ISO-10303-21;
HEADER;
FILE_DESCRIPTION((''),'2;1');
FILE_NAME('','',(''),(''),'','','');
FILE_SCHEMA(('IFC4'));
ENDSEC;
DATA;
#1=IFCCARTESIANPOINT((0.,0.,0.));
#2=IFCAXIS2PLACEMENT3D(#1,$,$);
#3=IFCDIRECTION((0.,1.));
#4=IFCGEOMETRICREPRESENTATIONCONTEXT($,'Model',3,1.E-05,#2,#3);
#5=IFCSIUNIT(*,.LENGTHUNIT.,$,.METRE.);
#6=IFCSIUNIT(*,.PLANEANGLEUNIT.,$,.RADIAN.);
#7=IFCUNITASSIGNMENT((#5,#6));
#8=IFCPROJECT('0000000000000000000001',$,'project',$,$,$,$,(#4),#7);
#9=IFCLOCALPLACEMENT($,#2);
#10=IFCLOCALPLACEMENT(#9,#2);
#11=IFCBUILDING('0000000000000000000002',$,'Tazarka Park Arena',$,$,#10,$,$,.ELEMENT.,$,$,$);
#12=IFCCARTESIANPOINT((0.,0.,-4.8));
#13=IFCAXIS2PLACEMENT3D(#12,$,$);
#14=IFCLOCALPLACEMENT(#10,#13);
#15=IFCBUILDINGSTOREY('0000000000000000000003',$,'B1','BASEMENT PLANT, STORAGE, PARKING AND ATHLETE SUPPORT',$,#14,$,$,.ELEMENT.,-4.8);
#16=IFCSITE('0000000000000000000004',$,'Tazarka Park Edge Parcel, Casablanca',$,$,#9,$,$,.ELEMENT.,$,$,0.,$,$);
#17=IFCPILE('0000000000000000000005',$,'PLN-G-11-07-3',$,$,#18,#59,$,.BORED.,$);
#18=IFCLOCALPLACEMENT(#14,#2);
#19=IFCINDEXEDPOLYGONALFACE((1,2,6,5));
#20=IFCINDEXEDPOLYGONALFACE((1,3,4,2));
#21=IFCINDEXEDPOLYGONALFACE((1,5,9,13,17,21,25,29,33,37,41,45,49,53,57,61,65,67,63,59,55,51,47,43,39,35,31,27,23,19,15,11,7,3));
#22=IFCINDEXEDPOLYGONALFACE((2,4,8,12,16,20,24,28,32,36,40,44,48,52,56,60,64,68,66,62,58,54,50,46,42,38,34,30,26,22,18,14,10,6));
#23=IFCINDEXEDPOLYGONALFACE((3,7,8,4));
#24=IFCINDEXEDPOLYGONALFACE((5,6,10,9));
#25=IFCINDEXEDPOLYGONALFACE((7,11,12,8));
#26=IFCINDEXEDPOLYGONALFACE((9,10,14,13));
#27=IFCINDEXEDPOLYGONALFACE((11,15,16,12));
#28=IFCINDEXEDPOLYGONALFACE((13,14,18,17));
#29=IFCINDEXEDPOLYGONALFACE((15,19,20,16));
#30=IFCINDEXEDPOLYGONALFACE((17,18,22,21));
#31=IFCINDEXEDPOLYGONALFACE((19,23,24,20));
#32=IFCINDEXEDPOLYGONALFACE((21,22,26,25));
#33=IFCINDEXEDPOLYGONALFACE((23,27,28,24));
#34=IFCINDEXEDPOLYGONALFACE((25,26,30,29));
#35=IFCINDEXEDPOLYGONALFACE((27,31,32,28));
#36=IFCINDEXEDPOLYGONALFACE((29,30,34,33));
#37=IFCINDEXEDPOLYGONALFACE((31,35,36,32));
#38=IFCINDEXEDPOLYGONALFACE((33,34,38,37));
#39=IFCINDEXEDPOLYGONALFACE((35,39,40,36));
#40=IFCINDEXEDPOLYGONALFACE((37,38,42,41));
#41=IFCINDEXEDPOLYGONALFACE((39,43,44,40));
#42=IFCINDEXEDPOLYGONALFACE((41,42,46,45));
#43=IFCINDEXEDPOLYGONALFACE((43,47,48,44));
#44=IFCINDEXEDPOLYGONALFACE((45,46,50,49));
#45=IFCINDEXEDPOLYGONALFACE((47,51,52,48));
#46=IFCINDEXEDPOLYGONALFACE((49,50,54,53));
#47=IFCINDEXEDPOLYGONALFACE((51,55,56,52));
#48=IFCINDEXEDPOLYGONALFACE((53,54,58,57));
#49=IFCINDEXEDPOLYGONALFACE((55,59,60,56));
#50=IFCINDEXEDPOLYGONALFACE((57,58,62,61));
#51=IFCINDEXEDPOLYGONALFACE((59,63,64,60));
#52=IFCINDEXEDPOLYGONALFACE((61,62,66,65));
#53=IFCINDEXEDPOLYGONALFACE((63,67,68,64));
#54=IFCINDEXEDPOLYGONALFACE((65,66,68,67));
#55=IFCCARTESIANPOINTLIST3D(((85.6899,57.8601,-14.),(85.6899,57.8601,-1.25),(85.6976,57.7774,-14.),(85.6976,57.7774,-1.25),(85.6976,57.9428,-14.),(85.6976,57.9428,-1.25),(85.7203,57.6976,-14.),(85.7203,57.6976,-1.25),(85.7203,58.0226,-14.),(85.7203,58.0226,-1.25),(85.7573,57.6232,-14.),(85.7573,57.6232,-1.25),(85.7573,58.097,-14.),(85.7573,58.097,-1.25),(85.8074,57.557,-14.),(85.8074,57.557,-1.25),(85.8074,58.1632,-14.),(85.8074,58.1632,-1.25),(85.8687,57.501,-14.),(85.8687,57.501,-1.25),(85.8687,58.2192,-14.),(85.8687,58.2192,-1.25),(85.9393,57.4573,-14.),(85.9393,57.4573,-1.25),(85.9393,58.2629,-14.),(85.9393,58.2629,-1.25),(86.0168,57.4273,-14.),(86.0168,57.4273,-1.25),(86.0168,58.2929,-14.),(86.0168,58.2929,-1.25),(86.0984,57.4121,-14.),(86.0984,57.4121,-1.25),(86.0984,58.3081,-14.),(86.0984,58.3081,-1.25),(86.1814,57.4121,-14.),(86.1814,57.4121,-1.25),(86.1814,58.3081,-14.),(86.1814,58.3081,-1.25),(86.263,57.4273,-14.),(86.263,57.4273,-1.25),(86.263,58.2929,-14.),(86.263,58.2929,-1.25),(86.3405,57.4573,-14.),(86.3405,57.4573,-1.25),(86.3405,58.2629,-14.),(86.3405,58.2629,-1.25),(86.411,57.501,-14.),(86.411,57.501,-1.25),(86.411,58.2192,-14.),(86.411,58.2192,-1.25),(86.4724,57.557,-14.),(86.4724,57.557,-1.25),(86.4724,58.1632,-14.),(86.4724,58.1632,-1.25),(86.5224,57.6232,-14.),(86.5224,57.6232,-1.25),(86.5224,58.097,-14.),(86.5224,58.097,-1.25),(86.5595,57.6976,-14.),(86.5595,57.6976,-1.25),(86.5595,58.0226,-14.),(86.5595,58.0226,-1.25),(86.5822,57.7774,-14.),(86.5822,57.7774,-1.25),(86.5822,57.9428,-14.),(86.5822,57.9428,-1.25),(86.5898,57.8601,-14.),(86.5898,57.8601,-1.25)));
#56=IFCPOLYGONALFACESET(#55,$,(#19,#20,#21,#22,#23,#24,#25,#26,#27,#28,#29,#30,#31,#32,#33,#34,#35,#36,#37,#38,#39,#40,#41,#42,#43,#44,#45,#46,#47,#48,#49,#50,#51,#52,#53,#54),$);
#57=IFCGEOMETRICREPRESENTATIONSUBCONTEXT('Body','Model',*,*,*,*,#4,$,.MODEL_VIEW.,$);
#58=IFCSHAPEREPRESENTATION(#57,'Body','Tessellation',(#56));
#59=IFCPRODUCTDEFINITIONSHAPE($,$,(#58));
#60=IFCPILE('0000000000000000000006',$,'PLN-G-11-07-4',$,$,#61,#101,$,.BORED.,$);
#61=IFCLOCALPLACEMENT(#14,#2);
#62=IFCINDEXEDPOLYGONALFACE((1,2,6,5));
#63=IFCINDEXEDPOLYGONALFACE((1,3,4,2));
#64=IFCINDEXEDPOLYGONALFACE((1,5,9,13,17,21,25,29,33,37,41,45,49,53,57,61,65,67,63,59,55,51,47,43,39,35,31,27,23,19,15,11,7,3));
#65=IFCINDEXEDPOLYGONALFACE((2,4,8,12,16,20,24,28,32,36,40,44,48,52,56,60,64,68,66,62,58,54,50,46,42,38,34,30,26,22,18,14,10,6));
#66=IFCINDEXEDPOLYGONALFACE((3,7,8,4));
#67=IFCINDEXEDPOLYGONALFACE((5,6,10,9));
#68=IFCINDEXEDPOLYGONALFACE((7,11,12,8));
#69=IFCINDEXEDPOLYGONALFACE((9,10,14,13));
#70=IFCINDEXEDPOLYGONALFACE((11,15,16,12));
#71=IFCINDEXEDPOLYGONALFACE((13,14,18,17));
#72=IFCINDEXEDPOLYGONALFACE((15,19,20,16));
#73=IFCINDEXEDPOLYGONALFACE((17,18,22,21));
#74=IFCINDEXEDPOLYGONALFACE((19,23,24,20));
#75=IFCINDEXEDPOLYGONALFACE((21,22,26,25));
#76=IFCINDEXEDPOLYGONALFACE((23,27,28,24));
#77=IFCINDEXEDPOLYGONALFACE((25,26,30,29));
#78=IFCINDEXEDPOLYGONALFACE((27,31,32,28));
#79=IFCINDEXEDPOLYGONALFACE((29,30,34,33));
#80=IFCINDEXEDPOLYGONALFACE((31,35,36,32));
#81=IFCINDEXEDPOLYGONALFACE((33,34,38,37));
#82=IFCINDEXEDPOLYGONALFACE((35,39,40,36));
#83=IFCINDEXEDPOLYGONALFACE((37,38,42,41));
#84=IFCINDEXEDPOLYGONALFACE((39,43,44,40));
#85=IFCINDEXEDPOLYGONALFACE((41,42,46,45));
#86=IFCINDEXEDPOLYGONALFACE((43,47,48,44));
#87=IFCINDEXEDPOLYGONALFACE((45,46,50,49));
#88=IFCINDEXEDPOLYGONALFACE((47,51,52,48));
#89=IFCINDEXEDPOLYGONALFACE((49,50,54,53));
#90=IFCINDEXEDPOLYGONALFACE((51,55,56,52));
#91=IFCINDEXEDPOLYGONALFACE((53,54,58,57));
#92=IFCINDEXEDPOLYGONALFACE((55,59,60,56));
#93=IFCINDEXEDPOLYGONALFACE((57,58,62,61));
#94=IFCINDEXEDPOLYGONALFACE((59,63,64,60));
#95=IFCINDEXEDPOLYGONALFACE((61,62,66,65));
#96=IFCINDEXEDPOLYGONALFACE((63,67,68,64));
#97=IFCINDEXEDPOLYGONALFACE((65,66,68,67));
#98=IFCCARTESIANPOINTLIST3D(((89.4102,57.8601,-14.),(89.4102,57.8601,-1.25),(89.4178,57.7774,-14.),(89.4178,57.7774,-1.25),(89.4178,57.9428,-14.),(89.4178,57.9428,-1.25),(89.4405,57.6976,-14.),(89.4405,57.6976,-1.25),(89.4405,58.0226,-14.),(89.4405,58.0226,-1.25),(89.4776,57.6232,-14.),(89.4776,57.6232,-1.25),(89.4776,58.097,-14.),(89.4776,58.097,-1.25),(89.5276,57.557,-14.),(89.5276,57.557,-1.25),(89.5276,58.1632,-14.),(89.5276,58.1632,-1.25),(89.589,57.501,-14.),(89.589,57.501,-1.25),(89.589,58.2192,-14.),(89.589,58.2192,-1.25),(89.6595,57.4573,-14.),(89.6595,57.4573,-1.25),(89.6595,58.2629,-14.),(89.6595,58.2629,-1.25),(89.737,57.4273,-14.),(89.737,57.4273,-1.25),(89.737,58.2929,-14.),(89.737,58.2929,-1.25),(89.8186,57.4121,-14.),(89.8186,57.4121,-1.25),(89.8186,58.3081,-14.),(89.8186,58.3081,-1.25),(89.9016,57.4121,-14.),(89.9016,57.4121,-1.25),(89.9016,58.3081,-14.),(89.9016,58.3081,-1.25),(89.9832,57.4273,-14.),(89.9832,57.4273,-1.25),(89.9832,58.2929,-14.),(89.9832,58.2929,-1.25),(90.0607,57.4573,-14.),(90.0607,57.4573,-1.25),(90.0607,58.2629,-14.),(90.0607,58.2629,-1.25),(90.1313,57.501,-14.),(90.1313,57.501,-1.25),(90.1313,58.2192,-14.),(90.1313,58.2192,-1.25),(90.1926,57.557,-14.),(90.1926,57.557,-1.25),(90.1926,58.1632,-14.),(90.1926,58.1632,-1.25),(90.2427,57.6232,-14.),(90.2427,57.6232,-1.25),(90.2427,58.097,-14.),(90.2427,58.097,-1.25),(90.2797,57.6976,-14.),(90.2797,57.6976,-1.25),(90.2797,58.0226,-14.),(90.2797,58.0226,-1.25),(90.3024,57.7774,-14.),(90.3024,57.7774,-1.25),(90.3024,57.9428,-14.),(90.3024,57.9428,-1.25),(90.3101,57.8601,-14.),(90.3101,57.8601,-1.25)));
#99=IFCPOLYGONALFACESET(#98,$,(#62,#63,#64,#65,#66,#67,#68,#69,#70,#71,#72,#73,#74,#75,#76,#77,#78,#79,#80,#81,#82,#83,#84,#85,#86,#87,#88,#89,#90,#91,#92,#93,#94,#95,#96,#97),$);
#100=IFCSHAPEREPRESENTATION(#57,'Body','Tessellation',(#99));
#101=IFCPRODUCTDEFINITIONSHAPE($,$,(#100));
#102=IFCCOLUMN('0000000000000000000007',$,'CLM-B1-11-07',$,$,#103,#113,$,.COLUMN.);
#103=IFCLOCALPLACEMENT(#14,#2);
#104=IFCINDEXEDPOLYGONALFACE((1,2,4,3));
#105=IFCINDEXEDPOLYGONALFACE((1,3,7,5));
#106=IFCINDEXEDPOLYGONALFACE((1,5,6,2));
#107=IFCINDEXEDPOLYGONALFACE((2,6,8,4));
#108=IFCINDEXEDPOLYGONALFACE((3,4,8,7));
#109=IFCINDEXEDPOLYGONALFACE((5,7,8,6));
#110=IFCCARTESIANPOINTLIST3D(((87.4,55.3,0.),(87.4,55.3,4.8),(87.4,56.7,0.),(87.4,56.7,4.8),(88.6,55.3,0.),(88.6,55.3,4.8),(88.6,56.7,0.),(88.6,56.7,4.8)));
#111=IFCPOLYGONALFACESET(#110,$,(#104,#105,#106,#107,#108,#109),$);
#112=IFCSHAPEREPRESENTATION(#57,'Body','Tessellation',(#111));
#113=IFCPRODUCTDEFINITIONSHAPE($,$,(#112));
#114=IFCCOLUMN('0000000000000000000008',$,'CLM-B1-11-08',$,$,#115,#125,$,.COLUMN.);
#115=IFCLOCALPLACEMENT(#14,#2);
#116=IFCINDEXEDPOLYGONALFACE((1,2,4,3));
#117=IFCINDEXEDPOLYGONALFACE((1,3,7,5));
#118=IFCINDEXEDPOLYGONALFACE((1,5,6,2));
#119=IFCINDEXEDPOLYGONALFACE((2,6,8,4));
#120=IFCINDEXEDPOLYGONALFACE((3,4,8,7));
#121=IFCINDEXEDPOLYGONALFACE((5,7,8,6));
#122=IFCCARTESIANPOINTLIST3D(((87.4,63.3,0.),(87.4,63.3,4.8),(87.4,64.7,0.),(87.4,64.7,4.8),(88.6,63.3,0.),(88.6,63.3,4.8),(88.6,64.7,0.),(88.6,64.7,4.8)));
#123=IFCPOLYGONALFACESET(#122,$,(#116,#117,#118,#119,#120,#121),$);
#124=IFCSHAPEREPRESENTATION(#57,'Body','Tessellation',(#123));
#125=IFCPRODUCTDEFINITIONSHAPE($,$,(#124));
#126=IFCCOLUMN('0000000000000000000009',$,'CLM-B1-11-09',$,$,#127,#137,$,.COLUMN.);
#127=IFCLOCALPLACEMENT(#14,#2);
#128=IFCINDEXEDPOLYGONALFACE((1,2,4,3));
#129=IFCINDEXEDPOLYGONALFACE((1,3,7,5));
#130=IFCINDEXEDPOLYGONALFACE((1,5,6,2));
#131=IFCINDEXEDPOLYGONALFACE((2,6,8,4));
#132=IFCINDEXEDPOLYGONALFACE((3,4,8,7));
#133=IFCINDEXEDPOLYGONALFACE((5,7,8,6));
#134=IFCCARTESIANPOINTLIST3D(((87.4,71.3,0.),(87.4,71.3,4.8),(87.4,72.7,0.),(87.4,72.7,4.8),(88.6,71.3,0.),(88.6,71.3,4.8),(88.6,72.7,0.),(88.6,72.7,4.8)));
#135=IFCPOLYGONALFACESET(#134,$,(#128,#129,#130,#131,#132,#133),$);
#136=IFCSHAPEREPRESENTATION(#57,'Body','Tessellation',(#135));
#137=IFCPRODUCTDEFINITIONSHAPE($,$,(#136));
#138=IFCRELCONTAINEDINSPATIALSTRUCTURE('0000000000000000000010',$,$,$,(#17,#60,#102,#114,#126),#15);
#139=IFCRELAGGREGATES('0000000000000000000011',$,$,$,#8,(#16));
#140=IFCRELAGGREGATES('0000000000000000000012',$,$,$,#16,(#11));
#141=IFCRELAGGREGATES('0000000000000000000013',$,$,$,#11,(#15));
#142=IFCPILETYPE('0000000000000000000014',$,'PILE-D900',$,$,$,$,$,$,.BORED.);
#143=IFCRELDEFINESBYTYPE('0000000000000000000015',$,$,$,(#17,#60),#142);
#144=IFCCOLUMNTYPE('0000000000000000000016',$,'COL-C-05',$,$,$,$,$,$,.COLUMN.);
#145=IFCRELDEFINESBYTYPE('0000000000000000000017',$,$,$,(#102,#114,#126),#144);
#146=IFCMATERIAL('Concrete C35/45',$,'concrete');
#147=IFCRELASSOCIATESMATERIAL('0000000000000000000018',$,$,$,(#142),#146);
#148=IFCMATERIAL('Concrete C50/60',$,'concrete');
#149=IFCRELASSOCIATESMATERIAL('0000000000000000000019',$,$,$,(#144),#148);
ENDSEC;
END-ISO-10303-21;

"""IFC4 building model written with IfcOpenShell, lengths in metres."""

from ifc_helpers import new_model, si_unit, direction, frame, origin, origin_2d, place, context, subcontext, project, spatial, rectangle, circle, extrude, material, material_profile, profile_set, type_object, element, save


model = new_model("IFC4")

# Units and contexts
model_context = context("Model", 3, precision=1e-05, world=origin(), true_north=direction((0.0, 1.0)))
body_context = subcontext(model_context, "Body", "Model", "MODEL_VIEW")
ifc_project = project(units=[si_unit("LENGTHUNIT", "METRE"), si_unit("PLANEANGLEUNIT", "RADIAN")], contexts=[model_context])

# Site, building, storey
site_placement = place(None, origin())
site = spatial("IfcSite", under=ifc_project, at=site_placement, Name="Tazarka Park Edge Parcel, Casablanca", CompositionType="ELEMENT", RefElevation=0.0)
building_placement = place(site_placement, origin())
building = spatial("IfcBuilding", under=site, at=building_placement, Name="Tazarka Park Arena", CompositionType="ELEMENT")
storey_placement = place(building_placement, frame((0.0, 0.0, -4.8)))
storey = spatial("IfcBuildingStorey", under=building, at=storey_placement, Name="B1", Description="BASEMENT PLANT, STORAGE, PARKING AND ATHLETE SUPPORT", CompositionType="ELEMENT", Elevation=-4.8)

# Piles
ifc_material_1 = material(Name="Concrete C35/45", Category="concrete")
ifc_material_profile_1 = material_profile(ifc_material_1, circle(Radius=0.45, at=origin_2d()), Name="Concrete C35/45")
ifc_profile_set_1 = profile_set([ifc_material_profile_1], Name="Concrete C35/45")
pile_type_1 = type_object("IfcPileType", Name="PILE-D900", PredefinedType="BORED", material=ifc_profile_set_1)
for number, where, z_axis, x_axis, name in (
    (1, (86.1399, 57.8601, -1.25), (0.0, 0.0, -1.0), (1.0, 0.0, 0.0), "PLN-G-11-07-3"),
    (2, (89.8601, 57.8601, -1.25), (0.0, 0.0, -1.0), (1.0, 0.0, 0.0), "PLN-G-11-07-4"),
):
    element("IfcPile", number, at=place(storey_placement, frame(where, z_axis=z_axis, x_axis=x_axis)), inside=storey, type_object=pile_type_1, Name=name, PredefinedType="BORED", context=body_context, shape_type="SweptSolid", body=[
        extrude(circle(Radius=0.45, at=origin_2d()), origin(), (0.0, 0.0, 1.0), 12.75),
    ])

# Columns
ifc_material_2 = material(Name="Concrete C50/60", Category="concrete")
ifc_material_profile_2 = material_profile(ifc_material_2, rectangle(XDim=1.2, YDim=1.3999, at=origin_2d()), Name="Concrete C50/60")
ifc_profile_set_2 = profile_set([ifc_material_profile_2], Name="Concrete C50/60")
column_type = type_object("IfcColumnType", Name="COL-C-05", PredefinedType="COLUMN", material=ifc_profile_set_2)
for number, where, z_axis, x_axis, name in (
    (3, (88.0, 56.0, 0.0), (0.0, 0.0, 1.0), (1.0, 0.0, 0.0), "CLM-B1-11-07"),
    (4, (88.0, 64.0, 0.0), (0.0, 0.0, 1.0), (1.0, 0.0, 0.0), "CLM-B1-11-08"),
    (5, (88.0, 72.0, 0.0), (0.0, 0.0, 1.0), (1.0, 0.0, 0.0), "CLM-B1-11-09"),
):
    element("IfcColumn", number, at=place(storey_placement, frame(where, z_axis=z_axis, x_axis=x_axis)), inside=storey, type_object=column_type, Name=name, PredefinedType="COLUMN", context=body_context, shape_type="SweptSolid", body=[
        extrude(rectangle(XDim=1.2, YDim=1.3999, at=origin_2d()), origin(), (0.0, 0.0, 1.0), 4.8),
    ])

save(model, "model.ifc")
